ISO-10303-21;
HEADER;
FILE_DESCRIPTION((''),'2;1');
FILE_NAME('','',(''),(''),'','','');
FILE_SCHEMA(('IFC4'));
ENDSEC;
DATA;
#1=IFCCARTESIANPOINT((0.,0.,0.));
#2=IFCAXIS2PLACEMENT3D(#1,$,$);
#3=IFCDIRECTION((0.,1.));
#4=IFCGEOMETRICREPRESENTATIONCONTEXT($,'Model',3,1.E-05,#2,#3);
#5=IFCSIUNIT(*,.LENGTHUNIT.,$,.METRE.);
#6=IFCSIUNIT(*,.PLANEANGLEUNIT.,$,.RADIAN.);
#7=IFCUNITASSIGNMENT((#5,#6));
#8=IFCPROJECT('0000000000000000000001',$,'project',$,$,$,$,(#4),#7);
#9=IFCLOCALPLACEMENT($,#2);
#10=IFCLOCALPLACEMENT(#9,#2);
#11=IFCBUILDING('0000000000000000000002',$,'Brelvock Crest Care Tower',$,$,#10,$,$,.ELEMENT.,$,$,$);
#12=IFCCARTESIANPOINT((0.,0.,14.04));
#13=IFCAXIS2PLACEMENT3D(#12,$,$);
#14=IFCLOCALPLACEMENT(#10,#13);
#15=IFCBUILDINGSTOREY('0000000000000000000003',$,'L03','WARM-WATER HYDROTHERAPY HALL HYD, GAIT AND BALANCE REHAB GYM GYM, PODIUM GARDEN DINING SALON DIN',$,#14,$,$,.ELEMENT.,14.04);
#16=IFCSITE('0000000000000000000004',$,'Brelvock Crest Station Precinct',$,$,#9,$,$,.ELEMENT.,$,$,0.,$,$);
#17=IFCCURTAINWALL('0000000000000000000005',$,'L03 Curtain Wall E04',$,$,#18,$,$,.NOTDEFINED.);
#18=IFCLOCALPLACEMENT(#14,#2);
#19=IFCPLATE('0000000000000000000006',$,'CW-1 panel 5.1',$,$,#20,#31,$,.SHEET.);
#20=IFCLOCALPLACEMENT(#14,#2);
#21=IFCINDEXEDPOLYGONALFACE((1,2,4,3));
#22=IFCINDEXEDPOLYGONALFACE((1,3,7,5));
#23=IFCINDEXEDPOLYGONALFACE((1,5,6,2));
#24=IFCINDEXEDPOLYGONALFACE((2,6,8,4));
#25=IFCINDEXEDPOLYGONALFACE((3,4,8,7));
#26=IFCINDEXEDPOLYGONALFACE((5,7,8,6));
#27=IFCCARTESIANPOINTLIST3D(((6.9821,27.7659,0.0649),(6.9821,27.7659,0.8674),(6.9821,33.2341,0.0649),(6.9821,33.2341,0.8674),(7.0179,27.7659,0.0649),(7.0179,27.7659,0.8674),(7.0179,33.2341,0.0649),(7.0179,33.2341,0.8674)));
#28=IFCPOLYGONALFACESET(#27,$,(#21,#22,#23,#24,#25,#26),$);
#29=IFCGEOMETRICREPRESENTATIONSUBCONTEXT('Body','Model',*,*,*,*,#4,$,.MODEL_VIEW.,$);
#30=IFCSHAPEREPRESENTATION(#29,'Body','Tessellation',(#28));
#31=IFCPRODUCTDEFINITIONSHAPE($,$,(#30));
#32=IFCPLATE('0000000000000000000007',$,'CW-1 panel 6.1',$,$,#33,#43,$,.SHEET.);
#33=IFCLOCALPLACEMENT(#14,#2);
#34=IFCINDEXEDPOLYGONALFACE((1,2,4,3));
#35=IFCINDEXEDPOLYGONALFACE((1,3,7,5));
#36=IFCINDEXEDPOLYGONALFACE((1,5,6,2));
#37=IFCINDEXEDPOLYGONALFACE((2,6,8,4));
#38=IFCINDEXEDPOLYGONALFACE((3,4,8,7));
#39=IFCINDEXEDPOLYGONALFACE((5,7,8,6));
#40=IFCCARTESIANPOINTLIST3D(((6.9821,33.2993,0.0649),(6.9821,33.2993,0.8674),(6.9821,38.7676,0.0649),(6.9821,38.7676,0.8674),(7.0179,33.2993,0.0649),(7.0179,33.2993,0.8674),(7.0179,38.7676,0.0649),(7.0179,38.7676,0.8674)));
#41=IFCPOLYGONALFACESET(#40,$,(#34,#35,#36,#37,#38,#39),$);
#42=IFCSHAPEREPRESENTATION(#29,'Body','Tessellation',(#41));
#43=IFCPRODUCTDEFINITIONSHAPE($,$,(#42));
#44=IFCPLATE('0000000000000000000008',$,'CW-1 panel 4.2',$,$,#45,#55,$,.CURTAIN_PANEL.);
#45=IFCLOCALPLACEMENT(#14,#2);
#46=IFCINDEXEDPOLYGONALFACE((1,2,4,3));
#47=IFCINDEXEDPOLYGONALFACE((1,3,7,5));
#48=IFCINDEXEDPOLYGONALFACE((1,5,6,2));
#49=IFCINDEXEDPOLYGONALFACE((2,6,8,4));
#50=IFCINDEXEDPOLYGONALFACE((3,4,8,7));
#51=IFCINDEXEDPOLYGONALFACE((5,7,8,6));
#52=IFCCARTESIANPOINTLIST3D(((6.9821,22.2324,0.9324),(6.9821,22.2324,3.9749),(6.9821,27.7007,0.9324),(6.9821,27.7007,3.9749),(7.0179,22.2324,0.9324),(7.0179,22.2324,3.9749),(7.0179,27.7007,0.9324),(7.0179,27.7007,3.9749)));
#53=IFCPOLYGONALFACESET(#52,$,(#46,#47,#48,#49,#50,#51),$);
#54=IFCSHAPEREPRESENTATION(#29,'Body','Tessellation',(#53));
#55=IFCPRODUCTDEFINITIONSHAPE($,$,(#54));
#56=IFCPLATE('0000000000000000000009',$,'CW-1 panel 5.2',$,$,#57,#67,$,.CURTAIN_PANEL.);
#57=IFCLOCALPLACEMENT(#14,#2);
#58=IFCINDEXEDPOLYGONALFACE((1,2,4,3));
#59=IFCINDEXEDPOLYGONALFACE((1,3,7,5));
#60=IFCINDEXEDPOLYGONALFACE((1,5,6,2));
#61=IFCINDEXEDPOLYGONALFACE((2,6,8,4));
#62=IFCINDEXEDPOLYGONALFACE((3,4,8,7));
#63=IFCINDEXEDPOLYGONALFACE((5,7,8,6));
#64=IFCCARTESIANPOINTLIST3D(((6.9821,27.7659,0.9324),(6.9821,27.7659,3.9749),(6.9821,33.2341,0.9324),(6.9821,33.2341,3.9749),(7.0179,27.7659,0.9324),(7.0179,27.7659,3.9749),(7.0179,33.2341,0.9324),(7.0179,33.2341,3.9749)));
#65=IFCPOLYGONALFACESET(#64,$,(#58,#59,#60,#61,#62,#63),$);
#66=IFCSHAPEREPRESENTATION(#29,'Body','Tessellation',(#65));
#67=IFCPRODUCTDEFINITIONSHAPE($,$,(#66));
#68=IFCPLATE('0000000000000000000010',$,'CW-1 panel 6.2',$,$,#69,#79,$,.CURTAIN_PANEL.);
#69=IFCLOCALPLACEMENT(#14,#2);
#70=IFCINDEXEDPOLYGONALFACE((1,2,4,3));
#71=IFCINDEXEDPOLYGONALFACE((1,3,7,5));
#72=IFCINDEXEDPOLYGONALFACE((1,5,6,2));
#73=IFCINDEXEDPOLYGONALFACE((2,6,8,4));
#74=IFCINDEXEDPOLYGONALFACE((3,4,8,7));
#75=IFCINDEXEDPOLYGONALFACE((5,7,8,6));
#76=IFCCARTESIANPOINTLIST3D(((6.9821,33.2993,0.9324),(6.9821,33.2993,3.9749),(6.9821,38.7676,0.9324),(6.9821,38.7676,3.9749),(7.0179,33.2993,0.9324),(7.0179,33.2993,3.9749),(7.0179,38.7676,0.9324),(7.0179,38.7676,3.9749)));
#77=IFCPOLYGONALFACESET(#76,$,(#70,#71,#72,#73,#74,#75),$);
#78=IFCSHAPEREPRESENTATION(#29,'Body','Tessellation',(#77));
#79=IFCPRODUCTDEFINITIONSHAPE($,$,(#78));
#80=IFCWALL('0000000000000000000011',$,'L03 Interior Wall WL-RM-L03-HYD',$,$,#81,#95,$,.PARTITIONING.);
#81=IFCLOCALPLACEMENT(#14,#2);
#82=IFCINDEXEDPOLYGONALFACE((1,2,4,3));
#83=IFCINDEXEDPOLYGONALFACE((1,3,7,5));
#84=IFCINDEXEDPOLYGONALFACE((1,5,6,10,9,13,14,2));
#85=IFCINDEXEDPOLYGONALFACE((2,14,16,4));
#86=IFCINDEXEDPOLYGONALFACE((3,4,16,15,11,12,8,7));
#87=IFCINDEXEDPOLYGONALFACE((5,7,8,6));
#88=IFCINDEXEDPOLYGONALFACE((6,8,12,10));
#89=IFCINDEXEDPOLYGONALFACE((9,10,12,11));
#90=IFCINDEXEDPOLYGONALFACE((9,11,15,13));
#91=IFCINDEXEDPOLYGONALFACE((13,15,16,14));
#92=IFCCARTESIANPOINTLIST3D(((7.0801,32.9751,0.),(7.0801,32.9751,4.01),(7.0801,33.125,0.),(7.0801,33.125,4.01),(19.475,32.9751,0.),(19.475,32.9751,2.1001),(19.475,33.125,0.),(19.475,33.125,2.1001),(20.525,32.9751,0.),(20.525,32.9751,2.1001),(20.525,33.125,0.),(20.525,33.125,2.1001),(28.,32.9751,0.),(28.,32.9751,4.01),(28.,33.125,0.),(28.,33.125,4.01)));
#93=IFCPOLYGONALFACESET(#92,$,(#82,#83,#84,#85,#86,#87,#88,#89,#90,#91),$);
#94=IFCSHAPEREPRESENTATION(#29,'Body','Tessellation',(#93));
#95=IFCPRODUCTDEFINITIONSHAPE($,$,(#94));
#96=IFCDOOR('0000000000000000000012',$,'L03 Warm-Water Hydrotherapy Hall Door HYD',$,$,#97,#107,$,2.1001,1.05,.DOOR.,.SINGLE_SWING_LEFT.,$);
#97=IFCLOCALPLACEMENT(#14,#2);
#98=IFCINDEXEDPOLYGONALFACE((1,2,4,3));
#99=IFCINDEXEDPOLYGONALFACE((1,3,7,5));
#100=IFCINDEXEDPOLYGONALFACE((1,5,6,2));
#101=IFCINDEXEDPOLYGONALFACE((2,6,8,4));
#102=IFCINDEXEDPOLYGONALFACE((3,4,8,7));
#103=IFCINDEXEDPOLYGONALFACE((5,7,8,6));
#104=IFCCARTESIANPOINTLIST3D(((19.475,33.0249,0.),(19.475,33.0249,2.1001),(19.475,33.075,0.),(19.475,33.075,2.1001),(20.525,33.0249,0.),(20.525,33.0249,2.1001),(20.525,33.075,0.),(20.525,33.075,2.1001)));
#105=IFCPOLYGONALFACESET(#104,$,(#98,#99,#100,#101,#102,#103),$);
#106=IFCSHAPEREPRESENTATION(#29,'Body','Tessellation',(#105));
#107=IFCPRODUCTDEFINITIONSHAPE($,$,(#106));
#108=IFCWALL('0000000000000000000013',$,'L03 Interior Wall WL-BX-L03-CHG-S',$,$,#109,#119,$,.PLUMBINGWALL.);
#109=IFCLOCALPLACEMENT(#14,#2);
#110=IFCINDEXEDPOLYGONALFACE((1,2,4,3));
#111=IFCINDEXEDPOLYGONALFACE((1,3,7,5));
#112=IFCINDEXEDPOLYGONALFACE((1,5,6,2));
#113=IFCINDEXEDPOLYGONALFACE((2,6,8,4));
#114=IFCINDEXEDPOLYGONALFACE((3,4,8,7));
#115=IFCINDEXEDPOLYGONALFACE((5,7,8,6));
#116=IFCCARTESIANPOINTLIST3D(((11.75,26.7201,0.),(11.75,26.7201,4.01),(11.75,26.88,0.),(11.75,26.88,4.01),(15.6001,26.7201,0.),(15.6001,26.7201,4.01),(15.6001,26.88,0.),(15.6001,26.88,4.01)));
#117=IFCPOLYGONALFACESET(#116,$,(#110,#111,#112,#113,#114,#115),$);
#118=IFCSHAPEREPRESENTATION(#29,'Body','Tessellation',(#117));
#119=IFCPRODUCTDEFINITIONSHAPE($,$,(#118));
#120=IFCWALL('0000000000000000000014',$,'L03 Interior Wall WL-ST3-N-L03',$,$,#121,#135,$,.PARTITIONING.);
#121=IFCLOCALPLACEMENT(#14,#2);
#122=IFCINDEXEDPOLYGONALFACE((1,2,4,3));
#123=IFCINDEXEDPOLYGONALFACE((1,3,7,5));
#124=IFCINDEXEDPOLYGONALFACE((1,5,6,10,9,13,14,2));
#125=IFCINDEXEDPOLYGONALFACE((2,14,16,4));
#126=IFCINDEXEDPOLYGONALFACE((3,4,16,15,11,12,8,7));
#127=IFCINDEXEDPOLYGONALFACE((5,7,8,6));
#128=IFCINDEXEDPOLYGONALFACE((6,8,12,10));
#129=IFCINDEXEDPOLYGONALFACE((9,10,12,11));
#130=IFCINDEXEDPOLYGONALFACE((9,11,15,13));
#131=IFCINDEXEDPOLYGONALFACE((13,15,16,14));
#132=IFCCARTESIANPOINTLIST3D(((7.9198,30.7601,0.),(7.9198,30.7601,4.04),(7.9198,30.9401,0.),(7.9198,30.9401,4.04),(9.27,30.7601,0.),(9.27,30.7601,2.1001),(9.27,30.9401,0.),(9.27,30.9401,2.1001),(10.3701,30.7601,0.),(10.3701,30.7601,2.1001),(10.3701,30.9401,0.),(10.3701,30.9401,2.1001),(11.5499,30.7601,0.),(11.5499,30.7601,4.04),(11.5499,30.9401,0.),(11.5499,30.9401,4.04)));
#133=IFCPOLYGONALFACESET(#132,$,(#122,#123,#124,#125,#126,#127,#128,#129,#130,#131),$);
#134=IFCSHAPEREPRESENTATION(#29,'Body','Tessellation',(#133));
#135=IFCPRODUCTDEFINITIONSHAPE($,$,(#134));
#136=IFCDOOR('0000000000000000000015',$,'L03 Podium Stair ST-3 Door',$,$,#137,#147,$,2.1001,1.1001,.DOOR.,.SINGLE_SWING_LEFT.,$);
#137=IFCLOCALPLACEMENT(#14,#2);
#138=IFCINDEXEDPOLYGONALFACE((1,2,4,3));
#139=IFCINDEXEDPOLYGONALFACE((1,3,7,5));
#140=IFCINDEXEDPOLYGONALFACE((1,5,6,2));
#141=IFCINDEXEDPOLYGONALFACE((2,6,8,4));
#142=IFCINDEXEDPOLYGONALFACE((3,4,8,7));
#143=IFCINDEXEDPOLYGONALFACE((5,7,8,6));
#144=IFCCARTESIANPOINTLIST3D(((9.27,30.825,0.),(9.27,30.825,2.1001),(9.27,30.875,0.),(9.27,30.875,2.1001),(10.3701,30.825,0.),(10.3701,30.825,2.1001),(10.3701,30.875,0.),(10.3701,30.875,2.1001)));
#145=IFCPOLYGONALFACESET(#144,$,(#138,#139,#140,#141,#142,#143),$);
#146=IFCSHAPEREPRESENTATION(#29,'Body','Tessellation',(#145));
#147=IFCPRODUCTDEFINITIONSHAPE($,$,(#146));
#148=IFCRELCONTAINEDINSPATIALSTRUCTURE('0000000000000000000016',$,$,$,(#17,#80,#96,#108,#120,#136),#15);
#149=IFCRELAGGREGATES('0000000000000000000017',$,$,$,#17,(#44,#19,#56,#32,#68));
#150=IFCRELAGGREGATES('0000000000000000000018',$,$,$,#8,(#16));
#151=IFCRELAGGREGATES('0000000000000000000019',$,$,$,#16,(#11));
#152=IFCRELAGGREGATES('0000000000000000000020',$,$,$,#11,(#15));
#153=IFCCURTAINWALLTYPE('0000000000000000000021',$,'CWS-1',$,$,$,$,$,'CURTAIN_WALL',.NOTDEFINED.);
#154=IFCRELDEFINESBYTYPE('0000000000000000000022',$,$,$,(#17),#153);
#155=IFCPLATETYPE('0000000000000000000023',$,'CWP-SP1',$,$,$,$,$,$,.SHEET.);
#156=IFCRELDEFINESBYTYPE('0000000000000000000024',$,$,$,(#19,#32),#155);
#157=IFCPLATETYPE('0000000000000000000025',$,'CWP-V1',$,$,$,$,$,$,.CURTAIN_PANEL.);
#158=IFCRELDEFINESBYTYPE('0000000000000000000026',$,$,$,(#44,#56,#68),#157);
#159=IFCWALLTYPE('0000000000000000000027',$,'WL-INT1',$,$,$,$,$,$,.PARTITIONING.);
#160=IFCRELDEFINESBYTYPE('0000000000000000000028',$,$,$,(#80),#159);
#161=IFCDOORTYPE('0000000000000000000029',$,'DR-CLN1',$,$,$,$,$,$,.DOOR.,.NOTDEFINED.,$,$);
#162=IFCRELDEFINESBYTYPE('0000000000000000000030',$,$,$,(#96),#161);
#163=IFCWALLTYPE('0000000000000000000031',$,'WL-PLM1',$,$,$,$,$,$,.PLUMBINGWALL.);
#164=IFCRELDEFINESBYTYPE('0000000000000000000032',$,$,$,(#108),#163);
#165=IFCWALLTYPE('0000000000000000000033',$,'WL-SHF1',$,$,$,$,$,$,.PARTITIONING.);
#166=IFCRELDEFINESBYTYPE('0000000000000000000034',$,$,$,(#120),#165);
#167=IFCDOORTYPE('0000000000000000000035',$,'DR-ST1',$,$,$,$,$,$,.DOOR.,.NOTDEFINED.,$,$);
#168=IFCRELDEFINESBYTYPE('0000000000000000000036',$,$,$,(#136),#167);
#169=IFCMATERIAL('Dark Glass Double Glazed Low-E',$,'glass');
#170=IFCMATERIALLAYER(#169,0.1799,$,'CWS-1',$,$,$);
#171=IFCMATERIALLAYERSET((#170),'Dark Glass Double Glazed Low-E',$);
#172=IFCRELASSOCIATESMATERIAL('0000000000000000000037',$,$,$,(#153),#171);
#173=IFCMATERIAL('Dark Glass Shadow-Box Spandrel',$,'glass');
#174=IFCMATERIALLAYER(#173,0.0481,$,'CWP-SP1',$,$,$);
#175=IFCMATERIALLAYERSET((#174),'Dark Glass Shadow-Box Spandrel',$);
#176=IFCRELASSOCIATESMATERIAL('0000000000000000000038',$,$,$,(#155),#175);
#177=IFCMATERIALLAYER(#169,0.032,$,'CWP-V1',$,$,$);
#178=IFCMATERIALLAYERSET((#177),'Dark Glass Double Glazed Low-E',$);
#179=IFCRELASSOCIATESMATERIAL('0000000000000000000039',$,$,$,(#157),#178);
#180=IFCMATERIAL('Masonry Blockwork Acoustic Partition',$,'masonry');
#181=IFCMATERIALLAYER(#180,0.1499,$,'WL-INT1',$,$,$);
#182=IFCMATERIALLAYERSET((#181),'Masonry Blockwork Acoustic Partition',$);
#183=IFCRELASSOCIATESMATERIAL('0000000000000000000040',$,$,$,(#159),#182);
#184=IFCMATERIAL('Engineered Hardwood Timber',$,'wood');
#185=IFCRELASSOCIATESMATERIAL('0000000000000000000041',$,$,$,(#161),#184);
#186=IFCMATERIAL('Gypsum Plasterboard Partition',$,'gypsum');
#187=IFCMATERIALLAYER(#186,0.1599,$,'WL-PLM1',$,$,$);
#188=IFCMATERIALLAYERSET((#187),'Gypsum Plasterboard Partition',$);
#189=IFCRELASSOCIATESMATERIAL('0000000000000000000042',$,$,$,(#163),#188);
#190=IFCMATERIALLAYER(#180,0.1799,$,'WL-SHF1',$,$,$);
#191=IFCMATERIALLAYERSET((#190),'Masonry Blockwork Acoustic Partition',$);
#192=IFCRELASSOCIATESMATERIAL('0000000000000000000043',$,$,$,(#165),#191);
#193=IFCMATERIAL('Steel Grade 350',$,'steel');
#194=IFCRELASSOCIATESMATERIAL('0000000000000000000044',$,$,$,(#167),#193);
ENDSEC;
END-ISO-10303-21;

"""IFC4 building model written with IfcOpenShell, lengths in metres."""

from ifc_helpers import new_model, si_unit, direction, frame, frame_2d, origin, origin_2d, place, context, subcontext, project, spatial, rectangle, extrude, source, transform, mapped, material, layer, layer_set, type_object, element, fill, aggregate, save


model = new_model("IFC4")

# Units and contexts
model_context = context("Model", 3, precision=1e-05, world=origin(), true_north=direction((0.0, 1.0)))
body_context = subcontext(model_context, "Body", "Model", "MODEL_VIEW")
ifc_project = project(units=[si_unit("LENGTHUNIT", "METRE"), si_unit("PLANEANGLEUNIT", "RADIAN")], contexts=[model_context])

# Site, building, storey
site_placement = place(None, origin())
site = spatial("IfcSite", under=ifc_project, at=site_placement, Name="Brelvock Crest Station Precinct", CompositionType="ELEMENT", RefElevation=0.0)
building_placement = place(site_placement, origin())
building = spatial("IfcBuilding", under=site, at=building_placement, Name="Brelvock Crest Care Tower", CompositionType="ELEMENT")
storey_placement = place(building_placement, frame((0.0, 0.0, 14.04)))
storey = spatial("IfcBuildingStorey", under=building, at=storey_placement, Name="L03", Description="WARM-WATER HYDROTHERAPY HALL HYD, GAIT AND BALANCE REHAB GYM GYM, PODIUM GARDEN DINING SALON DIN", CompositionType="ELEMENT", Elevation=14.04)

# Curtain wall, plates
ifc_material_1 = material(Name="Dark Glass Double Glazed Low-E", Category="glass")
ifc_layer_1 = layer(ifc_material_1, 0.1799, Name="CWS-1")
ifc_layer_set_1 = layer_set([ifc_layer_1], Name="Dark Glass Double Glazed Low-E")
curtain_wall_type = type_object("IfcCurtainWallType", Name="CWS-1", ElementType="CURTAIN_WALL", PredefinedType="NOTDEFINED", material=ifc_layer_set_1)
curtain_wall_placement = place(storey_placement, origin())
curtain_wall = element("IfcCurtainWall", 1, at=curtain_wall_placement, inside=storey, type_object=curtain_wall_type, Name="L03 Curtain Wall E04", PredefinedType="NOTDEFINED")
ifc_material_2 = material(Name="Dark Glass Shadow-Box Spandrel", Category="glass")
ifc_layer_2 = layer(ifc_material_2, 0.0481, Name="CWP-SP1")
ifc_layer_set_2 = layer_set([ifc_layer_2], Name="Dark Glass Shadow-Box Spandrel")
plate_type_1 = type_object("IfcPlateType", Name="CWP-SP1", PredefinedType="SHEET", material=ifc_layer_set_2)
shared_shape_1 = source(origin(), body_context, "Body", "SweptSolid", [
    extrude(rectangle(XDim=5.4683, YDim=0.0359, at=origin_2d()), origin(), (0.0, 0.0, 1.0), 0.8025),
])
plate_1_placement = place(storey_placement, frame((7.0, 30.5, 0.0649), z_axis=(0.0, 0.0, 1.0), x_axis=(0.0, 1.0, 0.0)))
plate_1 = element("IfcPlate", 2, at=plate_1_placement, type_object=plate_type_1, Name="CW-1 panel 5.1", PredefinedType="SHEET", context=body_context, shape_type="MappedRepresentation", body=[
    mapped(shared_shape_1, transform((0.0, 0.0, 0.0), x_axis=(1.0, 0.0, 0.0), y_axis=(0.0, 1.0, 0.0), z_axis=(0.0, 0.0, 1.0), scale=1.0)),
])
plate_2_placement = place(storey_placement, frame((7.0, 36.0334, 0.0649), z_axis=(0.0, 0.0, 1.0), x_axis=(0.0, 1.0, 0.0)))
plate_2 = element("IfcPlate", 3, at=plate_2_placement, type_object=plate_type_1, Name="CW-1 panel 6.1", PredefinedType="SHEET", context=body_context, shape_type="MappedRepresentation", body=[
    mapped(shared_shape_1, transform((0.0, 0.0, 0.0), x_axis=(1.0, 0.0, 0.0), y_axis=(0.0, 1.0, 0.0), z_axis=(0.0, 0.0, 1.0), scale=1.0)),
])
ifc_layer_3 = layer(ifc_material_1, 0.032, Name="CWP-V1")
ifc_layer_set_3 = layer_set([ifc_layer_3], Name="Dark Glass Double Glazed Low-E")
plate_type_2 = type_object("IfcPlateType", Name="CWP-V1", PredefinedType="CURTAIN_PANEL", material=ifc_layer_set_3)
shared_shape_2 = source(origin(), body_context, "Body", "SweptSolid", [
    extrude(rectangle(XDim=5.4683, YDim=0.0359, at=origin_2d()), origin(), (0.0, 0.0, 1.0), 3.0425),
])
plate_3_placement = place(storey_placement, frame((7.0, 24.9666, 0.9324), z_axis=(0.0, 0.0, 1.0), x_axis=(0.0, 1.0, 0.0)))
plate_3 = element("IfcPlate", 4, at=plate_3_placement, type_object=plate_type_2, Name="CW-1 panel 4.2", PredefinedType="CURTAIN_PANEL", context=body_context, shape_type="MappedRepresentation", body=[
    mapped(shared_shape_2, transform((0.0, 0.0, 0.0), x_axis=(1.0, 0.0, 0.0), y_axis=(0.0, 1.0, 0.0), z_axis=(0.0, 0.0, 1.0), scale=1.0)),
])
plate_4_placement = place(storey_placement, frame((7.0, 30.5, 0.9324), z_axis=(0.0, 0.0, 1.0), x_axis=(0.0, 1.0, 0.0)))
plate_4 = element("IfcPlate", 5, at=plate_4_placement, type_object=plate_type_2, Name="CW-1 panel 5.2", PredefinedType="CURTAIN_PANEL", context=body_context, shape_type="MappedRepresentation", body=[
    mapped(shared_shape_2, transform((0.0, 0.0, 0.0), x_axis=(1.0, 0.0, 0.0), y_axis=(0.0, 1.0, 0.0), z_axis=(0.0, 0.0, 1.0), scale=1.0)),
])
plate_5_placement = place(storey_placement, frame((7.0, 36.0334, 0.9324), z_axis=(0.0, 0.0, 1.0), x_axis=(0.0, 1.0, 0.0)))
plate_5 = element("IfcPlate", 6, at=plate_5_placement, type_object=plate_type_2, Name="CW-1 panel 6.2", PredefinedType="CURTAIN_PANEL", context=body_context, shape_type="MappedRepresentation", body=[
    mapped(shared_shape_2, transform((0.0, 0.0, 0.0), x_axis=(1.0, 0.0, 0.0), y_axis=(0.0, 1.0, 0.0), z_axis=(0.0, 0.0, 1.0), scale=1.0)),
])
aggregate(curtain_wall, [plate_3, plate_1, plate_4, plate_2, plate_5])

# Wall, opening, door
ifc_material_3 = material(Name="Masonry Blockwork Acoustic Partition", Category="masonry")
ifc_layer_4 = layer(ifc_material_3, 0.1499, Name="WL-INT1")
ifc_layer_set_4 = layer_set([ifc_layer_4], Name="Masonry Blockwork Acoustic Partition")
wall_type_1 = type_object("IfcWallType", Name="WL-INT1", PredefinedType="PARTITIONING", material=ifc_layer_set_4)
wall_1_placement = place(storey_placement, frame((7.0801, 33.05, 0.0), z_axis=(0.0, 0.0, 1.0), x_axis=(1.0, 0.0, 0.0)))
wall_1 = element("IfcWall", 7, at=wall_1_placement, inside=storey, type_object=wall_type_1, Name="L03 Interior Wall WL-RM-L03-HYD", PredefinedType="PARTITIONING", context=body_context, shape_type="SweptSolid", body=[
    extrude(rectangle(XDim=20.9199, YDim=0.1499, at=frame_2d((10.46, 0.0))), origin(), (0.0, 0.0, 1.0), 4.01),
])
opening_1_placement = place(wall_1_placement, frame((12.395, 0.0, 0.0)))
opening_1 = element("IfcOpeningElement", 8, at=opening_1_placement, cuts=wall_1, PredefinedType="OPENING", context=body_context, shape_type="SweptSolid", body=[
    extrude(rectangle(XDim=1.05, YDim=2.1001, at=origin_2d()), frame((0.5249, 0.085, 1.05), z_axis=(0.0, -1.0, 0.0), x_axis=(1.0, 0.0, 0.0)), (0.0, 0.0, 1.0), 0.1699),
])
ifc_material_4 = material(Name="Engineered Hardwood Timber", Category="wood")
door_type_1 = type_object("IfcDoorType", Name="DR-CLN1", OperationType="NOTDEFINED", PredefinedType="DOOR", material=ifc_material_4)
shared_shape_3 = source(origin(), body_context, "Body", "SweptSolid", [
    extrude(rectangle(XDim=1.05, YDim=2.1001, at=origin_2d()), frame((0.5249, 0.0249, 1.05), z_axis=(0.0, -1.0, 0.0), x_axis=(1.0, 0.0, 0.0)), (0.0, 0.0, 1.0), 0.05),
])
door_1_placement = place(opening_1_placement, origin())
door_1 = element("IfcDoor", 9, at=door_1_placement, inside=storey, type_object=door_type_1, Name="L03 Warm-Water Hydrotherapy Hall Door HYD", OperationType="SINGLE_SWING_LEFT", OverallHeight=2.1001, OverallWidth=1.05, PredefinedType="DOOR", context=body_context, shape_type="MappedRepresentation", body=[
    mapped(shared_shape_3, transform((0.0, 0.0, 0.0), x_axis=(1.0, 0.0, 0.0), y_axis=(0.0, 1.0, 0.0), z_axis=(0.0, 0.0, 1.0), scale=1.0)),
])
fill(opening_1, door_1)

# Wall
ifc_material_5 = material(Name="Gypsum Plasterboard Partition", Category="gypsum")
ifc_layer_5 = layer(ifc_material_5, 0.1599, Name="WL-PLM1")
ifc_layer_set_5 = layer_set([ifc_layer_5], Name="Gypsum Plasterboard Partition")
wall_type_2 = type_object("IfcWallType", Name="WL-PLM1", PredefinedType="PLUMBINGWALL", material=ifc_layer_set_5)
wall_2_placement = place(storey_placement, frame((11.75, 26.8, 0.0), z_axis=(0.0, 0.0, 1.0), x_axis=(1.0, 0.0, 0.0)))
element("IfcWall", 10, at=wall_2_placement, inside=storey, type_object=wall_type_2, Name="L03 Interior Wall WL-BX-L03-CHG-S", PredefinedType="PLUMBINGWALL", context=body_context, shape_type="SweptSolid", body=[
    extrude(rectangle(XDim=3.8501, YDim=0.1599, at=frame_2d((1.925, 0.0))), origin(), (0.0, 0.0, 1.0), 4.01),
])

# Wall, opening, door
ifc_layer_6 = layer(ifc_material_3, 0.1799, Name="WL-SHF1")
ifc_layer_set_6 = layer_set([ifc_layer_6], Name="Masonry Blockwork Acoustic Partition")
wall_type_3 = type_object("IfcWallType", Name="WL-SHF1", PredefinedType="PARTITIONING", material=ifc_layer_set_6)
wall_3_placement = place(storey_placement, frame((7.9199, 30.8501, 0.0), z_axis=(0.0, 0.0, 1.0), x_axis=(1.0, 0.0, 0.0)))
wall_3 = element("IfcWall", 11, at=wall_3_placement, inside=storey, type_object=wall_type_3, Name="L03 Interior Wall WL-ST3-N-L03", PredefinedType="PARTITIONING", context=body_context, shape_type="SweptSolid", body=[
    extrude(rectangle(XDim=3.6301, YDim=0.1799, at=frame_2d((1.8149, 0.0))), origin(), (0.0, 0.0, 1.0), 4.04),
])
opening_2_placement = place(wall_3_placement, frame((1.3501, 0.0, 0.0)))
opening_2 = element("IfcOpeningElement", 12, at=opening_2_placement, cuts=wall_3, PredefinedType="OPENING", context=body_context, shape_type="SweptSolid", body=[
    extrude(rectangle(XDim=1.1001, YDim=2.1001, at=origin_2d()), frame((0.55, 0.1001, 1.05), z_axis=(0.0, -1.0, 0.0), x_axis=(1.0, 0.0, 0.0)), (0.0, 0.0, 1.0), 0.2),
])
ifc_material_6 = material(Name="Steel Grade 350", Category="steel")
door_type_2 = type_object("IfcDoorType", Name="DR-ST1", OperationType="NOTDEFINED", PredefinedType="DOOR", material=ifc_material_6)
shared_shape_4 = source(origin(), body_context, "Body", "SweptSolid", [
    extrude(rectangle(XDim=1.1001, YDim=2.1001, at=origin_2d()), frame((0.55, 0.0249, 1.05), z_axis=(0.0, -1.0, 0.0), x_axis=(1.0, 0.0, 0.0)), (0.0, 0.0, 1.0), 0.05),
])
door_2_placement = place(opening_2_placement, origin())
door_2 = element("IfcDoor", 13, at=door_2_placement, inside=storey, type_object=door_type_2, Name="L03 Podium Stair ST-3 Door", OperationType="SINGLE_SWING_LEFT", OverallHeight=2.1001, OverallWidth=1.1001, PredefinedType="DOOR", context=body_context, shape_type="MappedRepresentation", body=[
    mapped(shared_shape_4, transform((0.0, 0.0, 0.0), x_axis=(1.0, 0.0, 0.0), y_axis=(0.0, 1.0, 0.0), z_axis=(0.0, 0.0, 1.0), scale=1.0)),
])
fill(opening_2, door_2)

save(model, "model.ifc")
